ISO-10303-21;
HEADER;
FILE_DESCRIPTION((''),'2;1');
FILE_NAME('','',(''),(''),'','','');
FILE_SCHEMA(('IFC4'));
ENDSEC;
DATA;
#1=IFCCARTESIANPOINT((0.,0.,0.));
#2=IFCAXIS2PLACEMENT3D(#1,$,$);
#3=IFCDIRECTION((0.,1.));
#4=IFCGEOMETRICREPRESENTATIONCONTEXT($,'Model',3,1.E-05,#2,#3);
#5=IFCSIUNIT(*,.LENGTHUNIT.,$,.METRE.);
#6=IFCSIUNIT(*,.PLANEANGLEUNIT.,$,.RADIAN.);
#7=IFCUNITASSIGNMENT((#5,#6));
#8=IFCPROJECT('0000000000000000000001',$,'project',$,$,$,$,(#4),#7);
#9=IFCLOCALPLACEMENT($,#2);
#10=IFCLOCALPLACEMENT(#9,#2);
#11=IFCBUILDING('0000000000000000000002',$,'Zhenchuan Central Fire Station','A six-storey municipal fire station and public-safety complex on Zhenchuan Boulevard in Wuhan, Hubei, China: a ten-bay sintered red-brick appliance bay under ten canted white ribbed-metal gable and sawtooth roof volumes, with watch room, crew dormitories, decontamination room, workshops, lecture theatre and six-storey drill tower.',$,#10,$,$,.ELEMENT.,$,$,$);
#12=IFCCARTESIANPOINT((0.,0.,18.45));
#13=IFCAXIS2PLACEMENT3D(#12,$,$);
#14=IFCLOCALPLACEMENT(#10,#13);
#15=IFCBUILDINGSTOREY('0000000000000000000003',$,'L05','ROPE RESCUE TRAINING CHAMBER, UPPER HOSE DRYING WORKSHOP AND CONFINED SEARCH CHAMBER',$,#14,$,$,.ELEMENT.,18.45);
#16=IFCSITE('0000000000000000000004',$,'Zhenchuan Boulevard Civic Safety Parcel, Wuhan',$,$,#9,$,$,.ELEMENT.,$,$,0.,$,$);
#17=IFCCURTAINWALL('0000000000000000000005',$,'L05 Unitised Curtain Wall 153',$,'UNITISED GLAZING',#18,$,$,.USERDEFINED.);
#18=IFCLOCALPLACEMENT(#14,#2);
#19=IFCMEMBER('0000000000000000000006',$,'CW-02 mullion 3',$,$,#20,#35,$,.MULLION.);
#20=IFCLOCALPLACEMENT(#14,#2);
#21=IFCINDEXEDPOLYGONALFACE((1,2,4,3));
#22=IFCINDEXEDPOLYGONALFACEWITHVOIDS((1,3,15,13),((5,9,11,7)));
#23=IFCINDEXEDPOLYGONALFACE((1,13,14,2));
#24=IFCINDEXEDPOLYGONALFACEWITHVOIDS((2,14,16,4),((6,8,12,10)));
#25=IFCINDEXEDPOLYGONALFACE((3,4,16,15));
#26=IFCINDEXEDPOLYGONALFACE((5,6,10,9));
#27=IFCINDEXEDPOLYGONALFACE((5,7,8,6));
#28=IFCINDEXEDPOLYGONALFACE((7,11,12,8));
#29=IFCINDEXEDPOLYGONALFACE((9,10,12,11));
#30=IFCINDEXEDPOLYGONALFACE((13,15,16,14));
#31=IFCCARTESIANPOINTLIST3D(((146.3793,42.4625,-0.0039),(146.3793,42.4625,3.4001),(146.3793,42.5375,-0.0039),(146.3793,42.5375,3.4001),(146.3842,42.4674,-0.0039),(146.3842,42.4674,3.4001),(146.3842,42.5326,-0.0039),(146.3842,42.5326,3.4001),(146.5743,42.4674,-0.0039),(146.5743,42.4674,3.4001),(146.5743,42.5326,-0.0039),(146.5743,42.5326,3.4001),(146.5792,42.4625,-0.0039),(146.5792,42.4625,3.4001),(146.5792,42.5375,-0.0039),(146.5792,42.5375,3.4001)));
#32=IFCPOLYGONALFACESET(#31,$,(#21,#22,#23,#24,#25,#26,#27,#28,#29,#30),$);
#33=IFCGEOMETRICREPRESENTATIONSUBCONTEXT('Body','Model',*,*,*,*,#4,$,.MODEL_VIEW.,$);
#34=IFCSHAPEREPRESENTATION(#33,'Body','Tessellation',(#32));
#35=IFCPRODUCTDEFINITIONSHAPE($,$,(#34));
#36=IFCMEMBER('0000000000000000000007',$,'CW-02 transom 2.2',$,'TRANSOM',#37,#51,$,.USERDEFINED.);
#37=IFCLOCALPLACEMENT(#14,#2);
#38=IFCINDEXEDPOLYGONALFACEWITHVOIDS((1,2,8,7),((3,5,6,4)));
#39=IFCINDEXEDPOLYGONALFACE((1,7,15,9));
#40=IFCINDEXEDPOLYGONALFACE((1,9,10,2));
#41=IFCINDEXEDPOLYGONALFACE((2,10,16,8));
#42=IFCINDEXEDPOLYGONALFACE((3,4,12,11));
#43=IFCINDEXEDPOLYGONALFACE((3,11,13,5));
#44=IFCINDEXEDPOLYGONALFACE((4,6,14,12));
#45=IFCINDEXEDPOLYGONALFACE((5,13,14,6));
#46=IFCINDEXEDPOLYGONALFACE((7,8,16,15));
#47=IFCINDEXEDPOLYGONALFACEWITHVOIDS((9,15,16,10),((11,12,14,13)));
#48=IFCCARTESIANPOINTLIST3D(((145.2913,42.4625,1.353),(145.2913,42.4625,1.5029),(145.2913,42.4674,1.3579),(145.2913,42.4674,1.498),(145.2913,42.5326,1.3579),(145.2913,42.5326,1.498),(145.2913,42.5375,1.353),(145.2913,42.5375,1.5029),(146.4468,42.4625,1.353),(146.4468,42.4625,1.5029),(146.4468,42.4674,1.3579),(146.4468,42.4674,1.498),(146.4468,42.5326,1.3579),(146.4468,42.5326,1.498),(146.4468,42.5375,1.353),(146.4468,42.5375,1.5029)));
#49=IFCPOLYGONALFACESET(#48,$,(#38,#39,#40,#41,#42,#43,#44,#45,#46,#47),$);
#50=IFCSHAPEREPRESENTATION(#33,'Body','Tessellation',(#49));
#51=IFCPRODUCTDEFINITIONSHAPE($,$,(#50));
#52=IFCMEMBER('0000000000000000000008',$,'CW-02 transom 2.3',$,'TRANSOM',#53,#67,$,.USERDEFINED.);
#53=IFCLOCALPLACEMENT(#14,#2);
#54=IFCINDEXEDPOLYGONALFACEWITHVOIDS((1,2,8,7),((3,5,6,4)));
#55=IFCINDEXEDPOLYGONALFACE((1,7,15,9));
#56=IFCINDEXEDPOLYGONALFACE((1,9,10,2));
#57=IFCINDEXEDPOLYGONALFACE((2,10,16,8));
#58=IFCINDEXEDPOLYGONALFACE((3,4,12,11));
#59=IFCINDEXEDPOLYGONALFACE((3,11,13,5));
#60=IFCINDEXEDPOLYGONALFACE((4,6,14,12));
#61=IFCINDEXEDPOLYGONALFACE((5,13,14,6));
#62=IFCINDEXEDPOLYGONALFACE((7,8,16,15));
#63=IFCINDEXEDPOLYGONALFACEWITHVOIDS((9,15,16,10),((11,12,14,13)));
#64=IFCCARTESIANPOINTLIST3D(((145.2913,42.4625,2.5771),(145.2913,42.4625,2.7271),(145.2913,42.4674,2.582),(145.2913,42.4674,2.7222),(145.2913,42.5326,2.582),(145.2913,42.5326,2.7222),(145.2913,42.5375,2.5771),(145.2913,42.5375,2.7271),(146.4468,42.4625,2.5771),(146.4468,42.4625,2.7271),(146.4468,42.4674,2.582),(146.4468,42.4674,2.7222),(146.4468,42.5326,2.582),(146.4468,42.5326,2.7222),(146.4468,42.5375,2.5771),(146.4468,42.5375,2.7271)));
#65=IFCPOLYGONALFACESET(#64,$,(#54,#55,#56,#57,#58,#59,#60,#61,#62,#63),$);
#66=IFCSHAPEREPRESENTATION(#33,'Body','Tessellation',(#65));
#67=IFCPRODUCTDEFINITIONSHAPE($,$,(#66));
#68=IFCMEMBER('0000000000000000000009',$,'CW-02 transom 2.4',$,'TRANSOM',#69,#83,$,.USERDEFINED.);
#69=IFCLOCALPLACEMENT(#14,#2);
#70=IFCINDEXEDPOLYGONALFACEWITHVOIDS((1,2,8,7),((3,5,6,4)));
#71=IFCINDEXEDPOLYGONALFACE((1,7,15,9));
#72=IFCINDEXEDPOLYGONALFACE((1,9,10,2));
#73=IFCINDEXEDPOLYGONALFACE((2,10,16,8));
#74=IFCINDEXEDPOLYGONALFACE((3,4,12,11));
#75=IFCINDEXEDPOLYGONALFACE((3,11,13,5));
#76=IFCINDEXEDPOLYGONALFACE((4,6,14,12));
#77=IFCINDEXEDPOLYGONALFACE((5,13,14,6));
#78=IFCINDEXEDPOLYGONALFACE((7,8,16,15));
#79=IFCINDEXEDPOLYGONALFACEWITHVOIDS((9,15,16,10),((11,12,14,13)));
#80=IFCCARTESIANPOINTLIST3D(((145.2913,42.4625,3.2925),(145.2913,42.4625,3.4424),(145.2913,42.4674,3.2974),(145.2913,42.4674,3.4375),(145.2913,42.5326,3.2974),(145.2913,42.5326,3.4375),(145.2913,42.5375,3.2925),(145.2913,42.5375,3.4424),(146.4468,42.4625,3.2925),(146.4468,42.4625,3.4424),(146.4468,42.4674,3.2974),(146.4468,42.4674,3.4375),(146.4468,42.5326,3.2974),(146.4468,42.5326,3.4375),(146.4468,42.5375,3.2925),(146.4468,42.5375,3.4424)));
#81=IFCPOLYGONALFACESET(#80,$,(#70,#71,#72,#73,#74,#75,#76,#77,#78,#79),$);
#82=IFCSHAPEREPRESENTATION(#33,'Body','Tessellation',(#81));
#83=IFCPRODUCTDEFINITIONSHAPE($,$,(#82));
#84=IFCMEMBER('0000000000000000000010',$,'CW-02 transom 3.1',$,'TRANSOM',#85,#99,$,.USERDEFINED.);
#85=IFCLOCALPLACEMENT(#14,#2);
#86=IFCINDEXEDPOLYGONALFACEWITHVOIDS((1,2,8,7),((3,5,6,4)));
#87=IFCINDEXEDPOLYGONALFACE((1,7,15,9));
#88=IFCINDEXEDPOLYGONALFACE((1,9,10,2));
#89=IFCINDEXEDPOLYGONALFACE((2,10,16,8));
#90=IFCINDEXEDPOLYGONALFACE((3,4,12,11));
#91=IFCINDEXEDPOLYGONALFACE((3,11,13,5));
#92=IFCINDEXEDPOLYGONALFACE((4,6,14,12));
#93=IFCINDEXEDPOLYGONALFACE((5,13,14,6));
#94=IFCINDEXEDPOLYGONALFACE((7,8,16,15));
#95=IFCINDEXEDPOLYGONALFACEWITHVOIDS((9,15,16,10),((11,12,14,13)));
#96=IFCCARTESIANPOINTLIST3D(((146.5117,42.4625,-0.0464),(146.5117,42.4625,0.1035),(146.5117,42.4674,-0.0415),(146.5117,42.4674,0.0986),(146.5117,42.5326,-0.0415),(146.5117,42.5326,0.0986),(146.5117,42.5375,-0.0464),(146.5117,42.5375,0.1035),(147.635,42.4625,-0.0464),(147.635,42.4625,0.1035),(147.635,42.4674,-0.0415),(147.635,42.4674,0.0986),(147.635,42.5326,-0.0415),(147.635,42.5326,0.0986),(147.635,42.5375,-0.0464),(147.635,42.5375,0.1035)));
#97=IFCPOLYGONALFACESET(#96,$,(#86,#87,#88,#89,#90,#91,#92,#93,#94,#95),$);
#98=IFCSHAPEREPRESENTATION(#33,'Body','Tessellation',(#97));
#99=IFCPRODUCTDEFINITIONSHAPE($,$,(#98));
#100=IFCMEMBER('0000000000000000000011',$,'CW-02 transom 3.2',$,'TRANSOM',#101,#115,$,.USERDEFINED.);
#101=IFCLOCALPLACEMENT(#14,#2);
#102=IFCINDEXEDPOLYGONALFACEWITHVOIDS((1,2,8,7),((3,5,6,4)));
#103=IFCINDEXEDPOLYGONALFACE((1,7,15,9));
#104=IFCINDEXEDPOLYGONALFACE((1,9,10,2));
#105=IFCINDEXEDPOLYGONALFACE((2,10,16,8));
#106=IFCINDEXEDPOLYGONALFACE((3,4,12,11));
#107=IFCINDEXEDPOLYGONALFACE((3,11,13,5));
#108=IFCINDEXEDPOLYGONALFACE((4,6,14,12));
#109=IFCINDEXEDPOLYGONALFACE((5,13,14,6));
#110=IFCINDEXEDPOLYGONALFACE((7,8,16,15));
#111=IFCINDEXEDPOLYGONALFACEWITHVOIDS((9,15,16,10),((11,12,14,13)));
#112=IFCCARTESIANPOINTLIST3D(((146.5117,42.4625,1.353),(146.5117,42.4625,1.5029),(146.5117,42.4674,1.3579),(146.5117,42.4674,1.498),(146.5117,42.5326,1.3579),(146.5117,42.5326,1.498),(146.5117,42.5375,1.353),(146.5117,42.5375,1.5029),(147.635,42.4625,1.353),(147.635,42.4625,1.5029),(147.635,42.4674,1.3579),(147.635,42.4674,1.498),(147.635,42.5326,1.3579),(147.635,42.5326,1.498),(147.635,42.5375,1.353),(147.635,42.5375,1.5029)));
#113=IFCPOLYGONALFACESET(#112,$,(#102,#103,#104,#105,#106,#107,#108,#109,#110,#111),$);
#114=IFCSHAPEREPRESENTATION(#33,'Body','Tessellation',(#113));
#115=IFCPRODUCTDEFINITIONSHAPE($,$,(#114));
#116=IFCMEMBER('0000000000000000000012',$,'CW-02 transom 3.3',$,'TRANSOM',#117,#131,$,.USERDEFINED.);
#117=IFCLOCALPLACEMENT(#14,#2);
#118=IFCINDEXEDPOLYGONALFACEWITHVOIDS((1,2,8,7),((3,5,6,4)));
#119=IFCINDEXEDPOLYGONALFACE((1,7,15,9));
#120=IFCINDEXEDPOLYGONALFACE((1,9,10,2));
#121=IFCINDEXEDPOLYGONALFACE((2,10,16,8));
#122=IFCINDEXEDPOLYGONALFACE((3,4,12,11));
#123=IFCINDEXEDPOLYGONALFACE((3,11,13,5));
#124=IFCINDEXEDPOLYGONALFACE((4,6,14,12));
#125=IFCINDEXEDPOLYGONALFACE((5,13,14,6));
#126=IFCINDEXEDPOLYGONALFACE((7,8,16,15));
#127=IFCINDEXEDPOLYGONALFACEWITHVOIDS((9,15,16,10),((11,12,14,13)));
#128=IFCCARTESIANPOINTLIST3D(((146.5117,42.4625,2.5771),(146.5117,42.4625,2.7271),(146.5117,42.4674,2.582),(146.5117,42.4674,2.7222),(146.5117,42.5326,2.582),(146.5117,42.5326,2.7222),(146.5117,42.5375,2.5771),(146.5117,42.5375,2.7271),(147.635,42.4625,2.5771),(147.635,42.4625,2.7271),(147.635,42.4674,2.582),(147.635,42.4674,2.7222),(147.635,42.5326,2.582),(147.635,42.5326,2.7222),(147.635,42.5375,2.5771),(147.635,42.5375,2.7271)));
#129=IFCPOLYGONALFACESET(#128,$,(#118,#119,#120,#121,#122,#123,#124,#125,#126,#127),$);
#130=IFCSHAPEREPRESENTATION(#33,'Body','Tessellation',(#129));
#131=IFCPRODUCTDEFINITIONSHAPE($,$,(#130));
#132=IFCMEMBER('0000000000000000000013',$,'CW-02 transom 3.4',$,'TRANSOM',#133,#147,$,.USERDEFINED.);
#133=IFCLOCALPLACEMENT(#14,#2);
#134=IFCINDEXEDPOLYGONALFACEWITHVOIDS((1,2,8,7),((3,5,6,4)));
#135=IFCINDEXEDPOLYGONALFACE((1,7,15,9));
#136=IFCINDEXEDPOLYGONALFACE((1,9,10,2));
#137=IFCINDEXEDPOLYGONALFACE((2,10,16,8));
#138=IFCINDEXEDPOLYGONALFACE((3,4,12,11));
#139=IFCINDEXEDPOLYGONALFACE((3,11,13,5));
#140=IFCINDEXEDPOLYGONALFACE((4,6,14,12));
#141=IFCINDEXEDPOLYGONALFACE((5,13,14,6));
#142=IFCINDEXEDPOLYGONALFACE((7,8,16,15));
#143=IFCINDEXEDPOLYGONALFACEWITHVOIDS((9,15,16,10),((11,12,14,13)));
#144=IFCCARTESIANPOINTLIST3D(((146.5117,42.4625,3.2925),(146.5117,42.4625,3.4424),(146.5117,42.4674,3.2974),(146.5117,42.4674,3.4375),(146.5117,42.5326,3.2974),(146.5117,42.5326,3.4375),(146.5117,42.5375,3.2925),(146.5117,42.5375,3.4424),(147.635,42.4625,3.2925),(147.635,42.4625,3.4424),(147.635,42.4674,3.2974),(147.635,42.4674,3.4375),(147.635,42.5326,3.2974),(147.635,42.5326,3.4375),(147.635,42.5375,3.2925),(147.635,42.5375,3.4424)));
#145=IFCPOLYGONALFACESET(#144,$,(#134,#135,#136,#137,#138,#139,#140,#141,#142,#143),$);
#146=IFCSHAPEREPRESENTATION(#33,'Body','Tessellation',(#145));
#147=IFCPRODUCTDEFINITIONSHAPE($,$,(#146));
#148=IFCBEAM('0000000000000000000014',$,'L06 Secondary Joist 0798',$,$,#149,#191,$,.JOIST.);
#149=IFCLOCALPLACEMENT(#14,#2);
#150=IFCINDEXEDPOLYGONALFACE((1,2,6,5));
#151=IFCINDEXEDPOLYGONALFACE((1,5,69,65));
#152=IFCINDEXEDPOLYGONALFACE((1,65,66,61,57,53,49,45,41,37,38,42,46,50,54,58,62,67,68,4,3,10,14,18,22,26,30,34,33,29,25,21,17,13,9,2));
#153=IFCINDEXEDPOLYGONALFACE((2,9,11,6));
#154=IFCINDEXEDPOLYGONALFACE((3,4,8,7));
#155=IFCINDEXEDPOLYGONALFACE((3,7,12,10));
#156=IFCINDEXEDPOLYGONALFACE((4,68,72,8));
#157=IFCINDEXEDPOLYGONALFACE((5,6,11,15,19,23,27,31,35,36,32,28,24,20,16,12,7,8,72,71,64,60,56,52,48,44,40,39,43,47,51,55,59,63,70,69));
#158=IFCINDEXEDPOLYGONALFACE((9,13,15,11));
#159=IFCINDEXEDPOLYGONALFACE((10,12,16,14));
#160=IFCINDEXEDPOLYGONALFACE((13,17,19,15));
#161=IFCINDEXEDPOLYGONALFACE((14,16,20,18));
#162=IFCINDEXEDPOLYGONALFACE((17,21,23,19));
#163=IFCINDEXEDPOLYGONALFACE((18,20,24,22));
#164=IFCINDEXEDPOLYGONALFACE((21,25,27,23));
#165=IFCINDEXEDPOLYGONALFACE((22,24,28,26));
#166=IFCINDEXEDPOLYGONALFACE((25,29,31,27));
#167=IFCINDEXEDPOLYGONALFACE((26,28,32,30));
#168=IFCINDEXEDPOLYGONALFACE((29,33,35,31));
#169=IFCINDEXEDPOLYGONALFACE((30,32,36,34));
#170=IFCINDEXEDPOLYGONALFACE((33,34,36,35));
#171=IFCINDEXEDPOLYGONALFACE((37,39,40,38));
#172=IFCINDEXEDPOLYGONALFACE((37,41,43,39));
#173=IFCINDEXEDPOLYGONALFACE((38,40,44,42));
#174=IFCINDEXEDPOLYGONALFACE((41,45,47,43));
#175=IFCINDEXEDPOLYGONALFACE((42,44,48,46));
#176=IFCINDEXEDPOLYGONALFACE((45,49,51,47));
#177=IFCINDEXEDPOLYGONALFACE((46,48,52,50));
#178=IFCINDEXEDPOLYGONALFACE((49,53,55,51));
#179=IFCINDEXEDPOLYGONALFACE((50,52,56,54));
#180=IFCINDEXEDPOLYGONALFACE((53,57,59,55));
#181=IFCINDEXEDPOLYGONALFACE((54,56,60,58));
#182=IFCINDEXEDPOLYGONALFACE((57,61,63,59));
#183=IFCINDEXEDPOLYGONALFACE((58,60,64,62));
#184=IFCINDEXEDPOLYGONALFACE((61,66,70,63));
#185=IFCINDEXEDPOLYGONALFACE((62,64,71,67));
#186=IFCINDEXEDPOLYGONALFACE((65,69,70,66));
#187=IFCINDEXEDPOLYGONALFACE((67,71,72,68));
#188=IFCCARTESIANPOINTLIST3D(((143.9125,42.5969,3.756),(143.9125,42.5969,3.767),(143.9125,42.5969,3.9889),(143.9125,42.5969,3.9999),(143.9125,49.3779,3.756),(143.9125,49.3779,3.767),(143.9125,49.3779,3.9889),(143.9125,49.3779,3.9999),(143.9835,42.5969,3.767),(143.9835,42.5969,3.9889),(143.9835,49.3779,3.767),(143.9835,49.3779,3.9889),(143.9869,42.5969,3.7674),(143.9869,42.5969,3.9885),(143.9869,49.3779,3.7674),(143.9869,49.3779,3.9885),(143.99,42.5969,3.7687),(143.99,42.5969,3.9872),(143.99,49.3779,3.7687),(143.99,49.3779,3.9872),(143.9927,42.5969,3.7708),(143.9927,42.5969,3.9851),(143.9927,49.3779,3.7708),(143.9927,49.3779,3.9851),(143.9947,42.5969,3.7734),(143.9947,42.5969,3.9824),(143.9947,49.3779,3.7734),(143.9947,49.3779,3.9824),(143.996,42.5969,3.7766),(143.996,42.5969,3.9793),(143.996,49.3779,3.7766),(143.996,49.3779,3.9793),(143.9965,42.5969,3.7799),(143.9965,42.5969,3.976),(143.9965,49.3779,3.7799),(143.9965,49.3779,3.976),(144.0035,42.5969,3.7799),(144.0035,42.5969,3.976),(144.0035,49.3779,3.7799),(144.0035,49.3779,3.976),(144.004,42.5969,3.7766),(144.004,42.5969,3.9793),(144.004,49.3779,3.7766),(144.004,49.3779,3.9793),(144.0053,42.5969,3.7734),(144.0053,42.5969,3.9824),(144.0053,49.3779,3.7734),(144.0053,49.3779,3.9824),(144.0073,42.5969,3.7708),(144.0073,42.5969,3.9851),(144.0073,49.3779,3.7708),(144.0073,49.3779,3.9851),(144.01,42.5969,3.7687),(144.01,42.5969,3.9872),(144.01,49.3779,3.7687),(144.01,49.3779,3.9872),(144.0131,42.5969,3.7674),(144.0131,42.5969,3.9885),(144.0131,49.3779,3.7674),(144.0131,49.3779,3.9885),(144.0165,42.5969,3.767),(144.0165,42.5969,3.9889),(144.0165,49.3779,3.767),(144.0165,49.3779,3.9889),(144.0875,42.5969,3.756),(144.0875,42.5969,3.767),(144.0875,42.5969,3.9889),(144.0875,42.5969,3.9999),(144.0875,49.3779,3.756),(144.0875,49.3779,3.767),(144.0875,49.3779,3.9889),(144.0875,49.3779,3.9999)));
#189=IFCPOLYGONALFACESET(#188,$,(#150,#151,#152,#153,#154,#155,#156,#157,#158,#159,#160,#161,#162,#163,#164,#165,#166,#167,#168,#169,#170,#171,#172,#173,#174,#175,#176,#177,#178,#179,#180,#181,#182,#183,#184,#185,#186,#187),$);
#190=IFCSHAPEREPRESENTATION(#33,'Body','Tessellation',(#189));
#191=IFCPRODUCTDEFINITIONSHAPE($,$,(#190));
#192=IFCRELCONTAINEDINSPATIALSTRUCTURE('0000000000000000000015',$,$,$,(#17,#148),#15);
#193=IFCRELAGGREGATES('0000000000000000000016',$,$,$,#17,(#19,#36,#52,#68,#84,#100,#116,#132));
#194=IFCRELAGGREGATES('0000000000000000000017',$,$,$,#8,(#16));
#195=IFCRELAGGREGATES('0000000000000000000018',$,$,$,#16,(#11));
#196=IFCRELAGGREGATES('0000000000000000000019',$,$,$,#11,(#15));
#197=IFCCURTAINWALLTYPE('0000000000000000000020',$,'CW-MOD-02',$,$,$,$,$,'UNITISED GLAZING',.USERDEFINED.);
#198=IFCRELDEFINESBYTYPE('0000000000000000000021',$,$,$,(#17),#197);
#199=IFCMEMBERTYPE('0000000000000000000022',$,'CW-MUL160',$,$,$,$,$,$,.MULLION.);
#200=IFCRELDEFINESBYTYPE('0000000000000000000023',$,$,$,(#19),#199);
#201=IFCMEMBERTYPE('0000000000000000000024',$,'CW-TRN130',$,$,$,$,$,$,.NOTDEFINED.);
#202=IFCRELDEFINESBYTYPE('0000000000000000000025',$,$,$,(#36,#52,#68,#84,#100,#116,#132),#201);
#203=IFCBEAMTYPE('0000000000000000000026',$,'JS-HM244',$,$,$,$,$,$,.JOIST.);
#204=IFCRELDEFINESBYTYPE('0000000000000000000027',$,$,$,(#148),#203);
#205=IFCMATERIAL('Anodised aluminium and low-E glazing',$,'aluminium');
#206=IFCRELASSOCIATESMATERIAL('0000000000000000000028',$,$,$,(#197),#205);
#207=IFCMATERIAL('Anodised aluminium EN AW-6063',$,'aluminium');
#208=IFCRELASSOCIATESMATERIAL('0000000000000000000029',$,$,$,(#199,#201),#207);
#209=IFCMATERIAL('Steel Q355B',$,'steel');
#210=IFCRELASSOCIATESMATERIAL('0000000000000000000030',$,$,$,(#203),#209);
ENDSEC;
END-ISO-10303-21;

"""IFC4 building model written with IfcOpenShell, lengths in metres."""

from ifc_helpers import new_model, si_unit, direction, frame, origin, origin_2d, place, context, subcontext, project, spatial, hollow_rectangle, i_section, extrude, material, material_profile, profile_set, type_object, element, aggregate, save


model = new_model("IFC4")

# Units and contexts
model_context = context("Model", 3, precision=1e-05, world=origin(), true_north=direction((0.0, 1.0)))
body_context = subcontext(model_context, "Body", "Model", "MODEL_VIEW")
ifc_project = project(units=[si_unit("LENGTHUNIT", "METRE"), si_unit("PLANEANGLEUNIT", "RADIAN")], contexts=[model_context])

# Site, building, storey
site_placement = place(None, origin())
site = spatial("IfcSite", under=ifc_project, at=site_placement, Name="Zhenchuan Boulevard Civic Safety Parcel, Wuhan", CompositionType="ELEMENT", RefElevation=0.0)
building_placement = place(site_placement, origin())
building = spatial("IfcBuilding", under=site, at=building_placement, Name="Zhenchuan Central Fire Station", Description="A six-storey municipal fire station and public-safety complex on Zhenchuan Boulevard in Wuhan, Hubei, China: a ten-bay sintered red-brick appliance bay under ten canted white ribbed-metal gable and sawtooth roof volumes, with watch room, crew dormitories, decontamination room, workshops, lecture theatre and six-storey drill tower.", CompositionType="ELEMENT")
storey_placement = place(building_placement, frame((0.0, 0.0, 18.45)))
storey = spatial("IfcBuildingStorey", under=building, at=storey_placement, Name="L05", Description="ROPE RESCUE TRAINING CHAMBER, UPPER HOSE DRYING WORKSHOP AND CONFINED SEARCH CHAMBER", CompositionType="ELEMENT", Elevation=18.45)

# Curtain wall, members
ifc_material_1 = material(Name="Anodised aluminium and low-E glazing", Category="aluminium")
curtain_wall_type = type_object("IfcCurtainWallType", Name="CW-MOD-02", ElementType="UNITISED GLAZING", PredefinedType="USERDEFINED", material=ifc_material_1)
curtain_wall_placement = place(storey_placement, origin())
curtain_wall = element("IfcCurtainWall", 1, at=curtain_wall_placement, inside=storey, type_object=curtain_wall_type, Name="L05 Unitised Curtain Wall 153", ObjectType="UNITISED GLAZING", PredefinedType="USERDEFINED")
ifc_material_2 = material(Name="Anodised aluminium EN AW-6063", Category="aluminium")
ifc_material_profile_1 = material_profile(ifc_material_2, hollow_rectangle(XDim=0.075, YDim=0.2, WallThickness=0.0049, at=origin_2d()), Name="ALU-M 200x75")
ifc_profile_set_1 = profile_set([ifc_material_profile_1], Name="Anodised aluminium EN AW-6063")
member_type_1 = type_object("IfcMemberType", Name="CW-MUL160", PredefinedType="MULLION", material=ifc_profile_set_1)
member_1_placement = place(storey_placement, frame((146.4792, 42.5, -0.0039), z_axis=(0.0, 0.0, 1.0), x_axis=(0.0, 1.0, 0.0)))
member_1 = element("IfcMember", 2, at=member_1_placement, type_object=member_type_1, Name="CW-02 mullion 3", PredefinedType="MULLION", context=body_context, shape_type="SweptSolid", body=[
    extrude(hollow_rectangle(XDim=0.075, YDim=0.2, WallThickness=0.0049, at=origin_2d()), origin(), (0.0, 0.0, 1.0), 3.4041),
])
ifc_material_profile_2 = material_profile(ifc_material_2, hollow_rectangle(XDim=0.075, YDim=0.1499, WallThickness=0.0049, at=origin_2d()), Name="ALU-T 150x75")
ifc_profile_set_2 = profile_set([ifc_material_profile_2], Name="Anodised aluminium EN AW-6063")
member_type_2 = type_object("IfcMemberType", Name="CW-TRN130", PredefinedType="NOTDEFINED", material=ifc_profile_set_2)
member_2_placement = place(storey_placement, frame((145.2913, 42.5, 1.428), z_axis=(1.0, 0.0, 0.0), x_axis=(0.0, 1.0, 0.0)))
member_2 = element("IfcMember", 3, at=member_2_placement, type_object=member_type_2, Name="CW-02 transom 2.2", ObjectType="TRANSOM", PredefinedType="USERDEFINED", context=body_context, shape_type="SweptSolid", body=[
    extrude(hollow_rectangle(XDim=0.075, YDim=0.1499, WallThickness=0.0049, at=origin_2d()), origin(), (0.0, 0.0, 1.0), 1.1555),
])
member_3_placement = place(storey_placement, frame((145.2913, 42.5, 2.6521), z_axis=(1.0, 0.0, 0.0), x_axis=(0.0, 1.0, 0.0)))
member_3 = element("IfcMember", 4, at=member_3_placement, type_object=member_type_2, Name="CW-02 transom 2.3", ObjectType="TRANSOM", PredefinedType="USERDEFINED", context=body_context, shape_type="SweptSolid", body=[
    extrude(hollow_rectangle(XDim=0.075, YDim=0.1499, WallThickness=0.0049, at=origin_2d()), origin(), (0.0, 0.0, 1.0), 1.1555),
])
member_4_placement = place(storey_placement, frame((145.2913, 42.5, 3.3674), z_axis=(1.0, 0.0, 0.0), x_axis=(0.0, 1.0, 0.0)))
member_4 = element("IfcMember", 5, at=member_4_placement, type_object=member_type_2, Name="CW-02 transom 2.4", ObjectType="TRANSOM", PredefinedType="USERDEFINED", context=body_context, shape_type="SweptSolid", body=[
    extrude(hollow_rectangle(XDim=0.075, YDim=0.1499, WallThickness=0.0049, at=origin_2d()), origin(), (0.0, 0.0, 1.0), 1.1555),
])
member_5_placement = place(storey_placement, frame((146.5117, 42.5, 0.0286), z_axis=(1.0, 0.0, 0.0), x_axis=(0.0, 1.0, 0.0)))
member_5 = element("IfcMember", 6, at=member_5_placement, type_object=member_type_2, Name="CW-02 transom 3.1", ObjectType="TRANSOM", PredefinedType="USERDEFINED", context=body_context, shape_type="SweptSolid", body=[
    extrude(hollow_rectangle(XDim=0.075, YDim=0.1499, WallThickness=0.0049, at=origin_2d()), origin(), (0.0, 0.0, 1.0), 1.1233),
])
member_6_placement = place(storey_placement, frame((146.5117, 42.5, 1.428), z_axis=(1.0, 0.0, 0.0), x_axis=(0.0, 1.0, 0.0)))
member_6 = element("IfcMember", 7, at=member_6_placement, type_object=member_type_2, Name="CW-02 transom 3.2", ObjectType="TRANSOM", PredefinedType="USERDEFINED", context=body_context, shape_type="SweptSolid", body=[
    extrude(hollow_rectangle(XDim=0.075, YDim=0.1499, WallThickness=0.0049, at=origin_2d()), origin(), (0.0, 0.0, 1.0), 1.1233),
])
member_7_placement = place(storey_placement, frame((146.5117, 42.5, 2.6521), z_axis=(1.0, 0.0, 0.0), x_axis=(0.0, 1.0, 0.0)))
member_7 = element("IfcMember", 8, at=member_7_placement, type_object=member_type_2, Name="CW-02 transom 3.3", ObjectType="TRANSOM", PredefinedType="USERDEFINED", context=body_context, shape_type="SweptSolid", body=[
    extrude(hollow_rectangle(XDim=0.075, YDim=0.1499, WallThickness=0.0049, at=origin_2d()), origin(), (0.0, 0.0, 1.0), 1.1233),
])
member_8_placement = place(storey_placement, frame((146.5117, 42.5, 3.3674), z_axis=(1.0, 0.0, 0.0), x_axis=(0.0, 1.0, 0.0)))
member_8 = element("IfcMember", 9, at=member_8_placement, type_object=member_type_2, Name="CW-02 transom 3.4", ObjectType="TRANSOM", PredefinedType="USERDEFINED", context=body_context, shape_type="SweptSolid", body=[
    extrude(hollow_rectangle(XDim=0.075, YDim=0.1499, WallThickness=0.0049, at=origin_2d()), origin(), (0.0, 0.0, 1.0), 1.1233),
])

# Beam
ifc_material_3 = material(Name="Steel Q355B", Category="steel")
ifc_material_profile_3 = material_profile(ifc_material_3, i_section(OverallWidth=0.175, OverallDepth=0.2439, WebThickness=0.0071, FlangeThickness=0.011, FilletRadius=0.0129, at=origin_2d()), Name="HM 244x175")
ifc_profile_set_3 = profile_set([ifc_material_profile_3], Name="Steel Q355B")
beam_type_1 = type_object("IfcBeamType", Name="JS-HM244", PredefinedType="JOIST", material=ifc_profile_set_3)
beam_placement = place(storey_placement, frame((144.0, 42.5969, 3.8779), z_axis=(0.0, 1.0, 0.0), x_axis=(-1.0, 0.0, 0.0)))
element("IfcBeam", 10, at=beam_placement, inside=storey, type_object=beam_type_1, Name="L06 Secondary Joist 0798", PredefinedType="JOIST", context=body_context, shape_type="SweptSolid", body=[
    extrude(i_section(OverallWidth=0.175, OverallDepth=0.2439, WebThickness=0.0071, FlangeThickness=0.011, FilletRadius=0.0129, at=origin_2d()), origin(), (0.0, 0.0, 1.0), 6.781),
])

aggregate(curtain_wall, [member_1, member_2, member_3, member_4, member_5, member_6, member_7, member_8])

save(model, "model.ifc")
